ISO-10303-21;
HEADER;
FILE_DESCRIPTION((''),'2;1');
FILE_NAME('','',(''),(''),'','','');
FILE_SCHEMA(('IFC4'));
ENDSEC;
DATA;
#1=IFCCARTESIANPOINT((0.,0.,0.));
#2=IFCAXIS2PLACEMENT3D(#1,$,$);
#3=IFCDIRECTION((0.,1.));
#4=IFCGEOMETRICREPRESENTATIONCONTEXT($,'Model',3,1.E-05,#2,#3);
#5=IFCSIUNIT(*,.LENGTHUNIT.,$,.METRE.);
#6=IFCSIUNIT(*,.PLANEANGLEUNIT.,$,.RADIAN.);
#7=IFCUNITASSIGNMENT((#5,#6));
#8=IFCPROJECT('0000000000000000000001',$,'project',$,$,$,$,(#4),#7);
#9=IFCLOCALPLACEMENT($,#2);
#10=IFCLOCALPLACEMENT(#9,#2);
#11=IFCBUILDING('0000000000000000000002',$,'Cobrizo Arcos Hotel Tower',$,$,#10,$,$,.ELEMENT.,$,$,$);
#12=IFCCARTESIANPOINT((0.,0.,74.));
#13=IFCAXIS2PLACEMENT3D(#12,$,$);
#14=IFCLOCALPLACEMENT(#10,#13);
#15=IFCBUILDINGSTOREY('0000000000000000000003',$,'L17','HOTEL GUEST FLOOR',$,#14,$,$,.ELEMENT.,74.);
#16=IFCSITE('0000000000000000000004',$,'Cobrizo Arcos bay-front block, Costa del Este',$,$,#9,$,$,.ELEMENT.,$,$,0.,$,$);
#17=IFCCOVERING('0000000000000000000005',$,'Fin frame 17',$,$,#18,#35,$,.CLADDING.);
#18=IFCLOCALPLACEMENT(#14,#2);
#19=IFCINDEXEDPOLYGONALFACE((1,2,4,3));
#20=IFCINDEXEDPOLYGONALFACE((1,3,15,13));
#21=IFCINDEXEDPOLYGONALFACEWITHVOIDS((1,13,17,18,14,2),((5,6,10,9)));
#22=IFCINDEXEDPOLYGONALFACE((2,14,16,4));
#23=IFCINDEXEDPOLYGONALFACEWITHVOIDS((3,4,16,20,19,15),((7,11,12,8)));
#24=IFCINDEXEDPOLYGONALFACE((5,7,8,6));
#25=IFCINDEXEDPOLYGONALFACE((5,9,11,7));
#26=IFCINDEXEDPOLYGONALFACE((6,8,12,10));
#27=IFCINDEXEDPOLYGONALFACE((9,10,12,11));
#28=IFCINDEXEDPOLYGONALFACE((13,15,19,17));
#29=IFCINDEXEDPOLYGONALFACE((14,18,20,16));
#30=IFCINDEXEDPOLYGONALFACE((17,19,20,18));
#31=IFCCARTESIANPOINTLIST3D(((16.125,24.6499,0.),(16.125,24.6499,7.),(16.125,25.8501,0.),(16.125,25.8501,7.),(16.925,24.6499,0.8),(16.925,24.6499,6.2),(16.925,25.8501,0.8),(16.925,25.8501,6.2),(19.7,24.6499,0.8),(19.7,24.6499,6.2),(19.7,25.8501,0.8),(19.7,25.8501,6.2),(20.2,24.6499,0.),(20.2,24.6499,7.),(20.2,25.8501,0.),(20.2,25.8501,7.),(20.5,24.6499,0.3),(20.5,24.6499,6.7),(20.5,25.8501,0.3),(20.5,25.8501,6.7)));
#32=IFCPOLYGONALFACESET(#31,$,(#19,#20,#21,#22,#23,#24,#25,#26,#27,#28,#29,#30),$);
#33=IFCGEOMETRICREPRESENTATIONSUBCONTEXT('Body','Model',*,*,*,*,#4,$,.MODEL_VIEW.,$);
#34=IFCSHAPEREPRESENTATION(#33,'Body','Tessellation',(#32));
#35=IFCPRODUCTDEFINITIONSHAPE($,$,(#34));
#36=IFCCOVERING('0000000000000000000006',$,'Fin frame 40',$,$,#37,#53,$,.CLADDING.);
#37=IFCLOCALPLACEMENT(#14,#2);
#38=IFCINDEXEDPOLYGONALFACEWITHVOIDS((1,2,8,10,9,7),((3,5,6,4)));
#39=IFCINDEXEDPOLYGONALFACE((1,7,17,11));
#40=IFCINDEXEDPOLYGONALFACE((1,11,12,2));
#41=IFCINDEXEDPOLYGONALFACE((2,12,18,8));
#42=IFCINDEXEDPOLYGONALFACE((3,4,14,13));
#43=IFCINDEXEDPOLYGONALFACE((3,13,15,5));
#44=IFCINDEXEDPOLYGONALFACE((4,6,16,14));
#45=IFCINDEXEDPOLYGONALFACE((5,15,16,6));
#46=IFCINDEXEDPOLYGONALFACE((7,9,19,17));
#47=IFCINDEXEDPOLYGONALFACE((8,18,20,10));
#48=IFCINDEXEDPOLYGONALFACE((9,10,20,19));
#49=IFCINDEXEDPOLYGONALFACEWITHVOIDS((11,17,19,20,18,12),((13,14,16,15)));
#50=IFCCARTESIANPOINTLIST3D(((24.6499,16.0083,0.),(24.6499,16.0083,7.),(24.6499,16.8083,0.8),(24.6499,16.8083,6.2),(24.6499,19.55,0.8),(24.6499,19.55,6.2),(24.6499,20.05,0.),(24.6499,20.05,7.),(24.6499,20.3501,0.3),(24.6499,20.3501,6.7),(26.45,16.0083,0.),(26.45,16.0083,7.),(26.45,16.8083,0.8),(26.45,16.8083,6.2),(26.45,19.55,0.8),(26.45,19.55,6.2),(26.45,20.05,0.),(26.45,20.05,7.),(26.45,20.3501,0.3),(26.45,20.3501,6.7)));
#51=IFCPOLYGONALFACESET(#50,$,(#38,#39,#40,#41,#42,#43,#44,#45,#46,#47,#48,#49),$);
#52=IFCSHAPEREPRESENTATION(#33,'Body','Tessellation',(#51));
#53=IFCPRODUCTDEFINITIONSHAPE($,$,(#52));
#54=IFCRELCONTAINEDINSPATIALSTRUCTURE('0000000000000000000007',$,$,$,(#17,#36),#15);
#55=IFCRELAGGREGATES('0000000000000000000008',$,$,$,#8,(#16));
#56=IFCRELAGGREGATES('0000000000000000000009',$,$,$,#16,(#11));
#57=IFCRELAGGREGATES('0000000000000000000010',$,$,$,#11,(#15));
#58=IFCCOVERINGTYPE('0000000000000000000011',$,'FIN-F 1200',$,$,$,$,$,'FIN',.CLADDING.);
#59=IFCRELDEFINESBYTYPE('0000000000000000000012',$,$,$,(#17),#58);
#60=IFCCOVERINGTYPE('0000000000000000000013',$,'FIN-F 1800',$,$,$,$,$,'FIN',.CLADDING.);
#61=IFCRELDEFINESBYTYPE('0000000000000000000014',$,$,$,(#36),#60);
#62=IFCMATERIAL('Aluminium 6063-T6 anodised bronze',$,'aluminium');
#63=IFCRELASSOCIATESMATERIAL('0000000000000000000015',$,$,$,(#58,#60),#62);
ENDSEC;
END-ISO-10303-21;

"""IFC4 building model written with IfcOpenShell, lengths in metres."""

from ifc_helpers import new_model, si_unit, direction, frame, origin, place, context, subcontext, project, spatial, polyline, outline, extrude, material, type_object, element, save


model = new_model("IFC4")

# Units and contexts
model_context = context("Model", 3, precision=1e-05, world=origin(), true_north=direction((0.0, 1.0)))
body_context = subcontext(model_context, "Body", "Model", "MODEL_VIEW")
ifc_project = project(units=[si_unit("LENGTHUNIT", "METRE"), si_unit("PLANEANGLEUNIT", "RADIAN")], contexts=[model_context])

# Site, building, storey
site_placement = place(None, origin())
site = spatial("IfcSite", under=ifc_project, at=site_placement, Name="Cobrizo Arcos bay-front block, Costa del Este", CompositionType="ELEMENT", RefElevation=0.0)
building_placement = place(site_placement, origin())
building = spatial("IfcBuilding", under=site, at=building_placement, Name="Cobrizo Arcos Hotel Tower", CompositionType="ELEMENT")
storey_placement = place(building_placement, frame((0.0, 0.0, 74.0)))
storey = spatial("IfcBuildingStorey", under=building, at=storey_placement, Name="L17", Description="HOTEL GUEST FLOOR", CompositionType="ELEMENT", Elevation=74.0)

# Shared definitions
ifc_material_1 = material(Name="Aluminium 6063-T6 anodised bronze", Category="aluminium")

# Coverings
covering_type_1 = type_object("IfcCoveringType", Name="FIN-F 1200", ElementType="FIN", PredefinedType="CLADDING", material=ifc_material_1)
covering_1_placement = place(storey_placement, frame((20.5, 24.6499, 0.0), z_axis=(0.0, 1.0, 0.0), x_axis=(-1.0, 0.0, 0.0)))
element("IfcCovering", 1, at=covering_1_placement, inside=storey, type_object=covering_type_1, Name="Fin frame 17", PredefinedType="CLADDING", context=body_context, shape_type="SweptSolid", body=[
    extrude(outline(polyline([(0.0, 0.3), (0.3, 0.0), (4.375, 0.0), (4.375, 7.0), (0.3, 7.0), (0.0, 6.7), (0.0, 0.3)]), holes=[polyline([(3.575, 0.8), (0.8, 0.8), (0.8, 6.2), (3.575, 6.2), (3.575, 0.8)])]), origin(), (0.0, 0.0, 1.0), 1.2002),
])
covering_type_2 = type_object("IfcCoveringType", Name="FIN-F 1800", ElementType="FIN", PredefinedType="CLADDING", material=ifc_material_1)
covering_2_placement = place(storey_placement, frame((24.6499, 16.0083, 0.0), z_axis=(1.0, 0.0, 0.0), x_axis=(0.0, 1.0, 0.0)))
element("IfcCovering", 2, at=covering_2_placement, inside=storey, type_object=covering_type_2, Name="Fin frame 40", PredefinedType="CLADDING", context=body_context, shape_type="SweptSolid", body=[
    extrude(outline(polyline([(0.0, 7.0), (0.0, 0.0), (4.0417, 0.0), (4.3418, 0.3), (4.3418, 6.7), (4.0417, 7.0), (0.0, 7.0)]), holes=[polyline([(3.5417, 0.8), (0.8, 0.8), (0.8, 6.2), (3.5417, 6.2), (3.5417, 0.8)])]), origin(), (0.0, 0.0, 1.0), 1.8),
])

save(model, "model.ifc")
